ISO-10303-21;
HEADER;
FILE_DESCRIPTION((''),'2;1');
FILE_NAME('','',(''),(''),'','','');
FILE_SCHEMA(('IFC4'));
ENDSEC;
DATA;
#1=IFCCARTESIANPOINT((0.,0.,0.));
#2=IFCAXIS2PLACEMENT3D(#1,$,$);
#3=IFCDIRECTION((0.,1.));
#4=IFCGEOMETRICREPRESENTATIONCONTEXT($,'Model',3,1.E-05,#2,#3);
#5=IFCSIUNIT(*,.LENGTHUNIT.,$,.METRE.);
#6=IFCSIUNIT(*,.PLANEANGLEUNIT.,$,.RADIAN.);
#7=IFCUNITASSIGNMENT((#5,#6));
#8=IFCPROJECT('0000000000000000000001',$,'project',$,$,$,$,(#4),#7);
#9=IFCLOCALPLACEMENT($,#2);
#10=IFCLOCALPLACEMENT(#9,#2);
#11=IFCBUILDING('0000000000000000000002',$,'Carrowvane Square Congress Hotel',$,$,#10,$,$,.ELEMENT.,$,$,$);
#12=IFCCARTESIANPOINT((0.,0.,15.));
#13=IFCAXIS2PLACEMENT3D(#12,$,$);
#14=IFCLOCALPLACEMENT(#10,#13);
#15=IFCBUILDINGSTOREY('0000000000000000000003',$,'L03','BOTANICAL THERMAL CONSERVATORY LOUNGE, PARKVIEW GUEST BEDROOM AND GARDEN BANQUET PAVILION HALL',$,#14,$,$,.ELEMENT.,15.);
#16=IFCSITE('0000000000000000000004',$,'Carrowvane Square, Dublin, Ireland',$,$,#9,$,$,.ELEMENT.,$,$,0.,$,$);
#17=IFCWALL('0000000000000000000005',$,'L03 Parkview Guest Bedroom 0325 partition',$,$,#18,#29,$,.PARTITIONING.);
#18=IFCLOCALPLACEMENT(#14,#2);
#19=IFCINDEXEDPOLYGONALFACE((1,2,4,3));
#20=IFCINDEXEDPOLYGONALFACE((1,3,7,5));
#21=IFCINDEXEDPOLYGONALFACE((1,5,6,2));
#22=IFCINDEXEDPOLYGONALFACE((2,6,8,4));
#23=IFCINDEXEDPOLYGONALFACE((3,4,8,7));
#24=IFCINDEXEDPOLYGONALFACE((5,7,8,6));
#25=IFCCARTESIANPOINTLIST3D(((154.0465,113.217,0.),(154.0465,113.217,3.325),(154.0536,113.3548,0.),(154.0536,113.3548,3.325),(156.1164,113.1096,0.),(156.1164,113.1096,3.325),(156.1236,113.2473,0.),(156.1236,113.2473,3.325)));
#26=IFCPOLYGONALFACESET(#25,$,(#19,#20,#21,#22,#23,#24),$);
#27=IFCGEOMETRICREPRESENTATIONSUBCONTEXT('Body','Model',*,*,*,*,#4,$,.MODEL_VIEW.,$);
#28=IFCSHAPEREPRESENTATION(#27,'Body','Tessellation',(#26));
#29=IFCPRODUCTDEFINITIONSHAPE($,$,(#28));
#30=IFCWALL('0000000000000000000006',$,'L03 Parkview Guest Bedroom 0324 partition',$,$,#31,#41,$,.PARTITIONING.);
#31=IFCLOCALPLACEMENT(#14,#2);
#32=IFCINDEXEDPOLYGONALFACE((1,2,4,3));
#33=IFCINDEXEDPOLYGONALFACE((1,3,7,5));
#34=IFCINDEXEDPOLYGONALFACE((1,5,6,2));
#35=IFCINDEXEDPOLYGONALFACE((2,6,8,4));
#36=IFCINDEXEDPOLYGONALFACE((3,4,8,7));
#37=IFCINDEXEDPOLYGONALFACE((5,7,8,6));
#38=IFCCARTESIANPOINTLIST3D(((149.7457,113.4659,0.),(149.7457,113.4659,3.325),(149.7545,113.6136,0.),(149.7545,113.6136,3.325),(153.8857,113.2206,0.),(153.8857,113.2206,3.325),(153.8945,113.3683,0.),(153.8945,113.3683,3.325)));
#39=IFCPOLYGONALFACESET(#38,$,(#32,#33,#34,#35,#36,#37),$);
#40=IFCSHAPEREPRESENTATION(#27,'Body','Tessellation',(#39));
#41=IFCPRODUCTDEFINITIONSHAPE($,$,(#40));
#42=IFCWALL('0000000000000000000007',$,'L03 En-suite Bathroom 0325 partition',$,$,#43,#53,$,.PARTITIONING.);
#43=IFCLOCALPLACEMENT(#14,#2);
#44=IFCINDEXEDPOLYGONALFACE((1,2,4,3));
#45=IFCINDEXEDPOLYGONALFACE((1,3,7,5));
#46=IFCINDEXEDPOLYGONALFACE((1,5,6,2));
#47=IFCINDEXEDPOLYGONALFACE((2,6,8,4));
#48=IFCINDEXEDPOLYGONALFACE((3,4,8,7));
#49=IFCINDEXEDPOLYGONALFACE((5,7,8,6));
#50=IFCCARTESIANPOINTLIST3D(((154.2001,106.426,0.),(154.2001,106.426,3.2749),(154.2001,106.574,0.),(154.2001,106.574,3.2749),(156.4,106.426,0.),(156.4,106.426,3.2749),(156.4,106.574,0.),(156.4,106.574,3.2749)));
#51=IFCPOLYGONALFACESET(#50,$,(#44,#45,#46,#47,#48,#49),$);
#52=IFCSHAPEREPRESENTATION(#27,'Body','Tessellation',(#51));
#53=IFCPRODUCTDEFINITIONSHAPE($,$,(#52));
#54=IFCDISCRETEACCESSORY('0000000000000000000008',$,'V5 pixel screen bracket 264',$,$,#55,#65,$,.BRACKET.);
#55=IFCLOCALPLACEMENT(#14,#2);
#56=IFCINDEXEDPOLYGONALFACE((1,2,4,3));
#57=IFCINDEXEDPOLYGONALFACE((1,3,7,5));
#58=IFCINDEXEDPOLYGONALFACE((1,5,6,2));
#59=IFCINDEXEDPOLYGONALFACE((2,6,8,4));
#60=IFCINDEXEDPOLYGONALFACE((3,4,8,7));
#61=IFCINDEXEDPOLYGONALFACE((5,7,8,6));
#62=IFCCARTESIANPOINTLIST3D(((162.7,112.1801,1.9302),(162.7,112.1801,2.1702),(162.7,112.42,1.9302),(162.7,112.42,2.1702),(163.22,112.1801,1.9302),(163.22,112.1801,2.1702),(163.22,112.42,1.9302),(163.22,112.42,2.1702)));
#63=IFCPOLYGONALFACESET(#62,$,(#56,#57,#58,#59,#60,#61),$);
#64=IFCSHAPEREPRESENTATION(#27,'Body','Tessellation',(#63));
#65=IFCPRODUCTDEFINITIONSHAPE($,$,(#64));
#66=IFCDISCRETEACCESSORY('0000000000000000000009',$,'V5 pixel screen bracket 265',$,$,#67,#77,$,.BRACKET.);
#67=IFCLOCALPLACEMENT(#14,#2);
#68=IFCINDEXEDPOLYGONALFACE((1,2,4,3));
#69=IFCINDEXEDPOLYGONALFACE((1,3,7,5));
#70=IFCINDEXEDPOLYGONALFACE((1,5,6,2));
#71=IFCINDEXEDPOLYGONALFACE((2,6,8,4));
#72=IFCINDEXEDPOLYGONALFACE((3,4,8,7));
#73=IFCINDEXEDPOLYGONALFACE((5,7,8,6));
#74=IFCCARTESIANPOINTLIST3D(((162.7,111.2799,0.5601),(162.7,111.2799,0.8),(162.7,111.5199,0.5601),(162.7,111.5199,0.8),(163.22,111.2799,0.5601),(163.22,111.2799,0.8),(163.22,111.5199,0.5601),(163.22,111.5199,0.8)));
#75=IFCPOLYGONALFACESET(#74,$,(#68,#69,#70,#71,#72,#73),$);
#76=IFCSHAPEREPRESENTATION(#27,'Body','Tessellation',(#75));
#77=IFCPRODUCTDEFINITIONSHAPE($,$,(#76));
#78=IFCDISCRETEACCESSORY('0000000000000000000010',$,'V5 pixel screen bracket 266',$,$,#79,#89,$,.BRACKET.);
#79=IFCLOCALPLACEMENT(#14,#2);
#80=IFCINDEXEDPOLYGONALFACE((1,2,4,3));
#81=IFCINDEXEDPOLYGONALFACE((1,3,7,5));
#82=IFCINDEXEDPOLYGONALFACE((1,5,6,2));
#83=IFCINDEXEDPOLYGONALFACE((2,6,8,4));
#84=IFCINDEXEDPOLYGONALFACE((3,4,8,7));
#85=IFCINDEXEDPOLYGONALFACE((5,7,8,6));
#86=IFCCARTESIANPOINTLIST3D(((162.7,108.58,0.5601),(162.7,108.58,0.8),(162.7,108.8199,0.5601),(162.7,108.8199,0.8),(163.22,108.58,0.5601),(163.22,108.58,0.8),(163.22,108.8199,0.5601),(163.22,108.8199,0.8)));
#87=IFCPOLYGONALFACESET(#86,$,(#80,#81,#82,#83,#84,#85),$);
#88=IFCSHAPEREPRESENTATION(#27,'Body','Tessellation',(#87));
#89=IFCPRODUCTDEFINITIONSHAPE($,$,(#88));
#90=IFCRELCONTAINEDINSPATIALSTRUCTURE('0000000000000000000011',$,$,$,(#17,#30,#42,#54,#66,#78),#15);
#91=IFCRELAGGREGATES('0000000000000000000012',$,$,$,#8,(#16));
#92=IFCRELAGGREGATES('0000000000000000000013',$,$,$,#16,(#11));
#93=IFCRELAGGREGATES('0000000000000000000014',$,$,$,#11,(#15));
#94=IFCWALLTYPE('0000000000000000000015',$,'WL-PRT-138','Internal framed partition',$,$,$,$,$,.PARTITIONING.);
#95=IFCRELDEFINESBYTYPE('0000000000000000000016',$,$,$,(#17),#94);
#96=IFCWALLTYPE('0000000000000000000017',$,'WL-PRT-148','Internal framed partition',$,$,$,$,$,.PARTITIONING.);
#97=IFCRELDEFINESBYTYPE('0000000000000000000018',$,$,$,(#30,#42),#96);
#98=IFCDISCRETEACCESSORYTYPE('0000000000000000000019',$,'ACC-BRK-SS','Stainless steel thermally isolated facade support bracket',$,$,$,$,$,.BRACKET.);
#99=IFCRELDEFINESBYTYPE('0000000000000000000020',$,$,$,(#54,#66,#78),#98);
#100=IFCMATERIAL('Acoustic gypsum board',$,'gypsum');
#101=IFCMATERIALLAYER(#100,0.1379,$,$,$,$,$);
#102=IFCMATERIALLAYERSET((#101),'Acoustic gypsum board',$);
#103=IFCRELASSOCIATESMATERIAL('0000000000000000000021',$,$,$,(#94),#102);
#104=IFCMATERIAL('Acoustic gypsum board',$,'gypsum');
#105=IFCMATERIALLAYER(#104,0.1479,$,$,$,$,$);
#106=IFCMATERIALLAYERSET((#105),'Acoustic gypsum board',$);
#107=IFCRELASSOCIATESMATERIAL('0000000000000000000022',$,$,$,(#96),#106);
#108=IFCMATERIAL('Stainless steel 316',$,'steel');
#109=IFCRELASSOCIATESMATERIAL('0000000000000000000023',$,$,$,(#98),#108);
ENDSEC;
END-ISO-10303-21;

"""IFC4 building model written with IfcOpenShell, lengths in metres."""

from ifc_helpers import new_model, si_unit, direction, frame, frame_2d, origin, origin_2d, place, context, subcontext, project, spatial, rectangle, extrude, material, layer, layer_set, type_object, element, save


model = new_model("IFC4")

# Units and contexts
model_context = context("Model", 3, precision=1e-05, world=origin(), true_north=direction((0.0, 1.0)))
body_context = subcontext(model_context, "Body", "Model", "MODEL_VIEW")
ifc_project = project(units=[si_unit("LENGTHUNIT", "METRE"), si_unit("PLANEANGLEUNIT", "RADIAN")], contexts=[model_context])

# Site, building, storey
site_placement = place(None, origin())
site = spatial("IfcSite", under=ifc_project, at=site_placement, Name="Carrowvane Square, Dublin, Ireland", CompositionType="ELEMENT", RefElevation=0.0)
building_placement = place(site_placement, origin())
building = spatial("IfcBuilding", under=site, at=building_placement, Name="Carrowvane Square Congress Hotel", CompositionType="ELEMENT")
storey_placement = place(building_placement, frame((0.0, 0.0, 15.0)))
storey = spatial("IfcBuildingStorey", under=building, at=storey_placement, Name="L03", Description="BOTANICAL THERMAL CONSERVATORY LOUNGE, PARKVIEW GUEST BEDROOM AND GARDEN BANQUET PAVILION HALL", CompositionType="ELEMENT", Elevation=15.0)

# Walls
ifc_material_1 = material(Name="Acoustic gypsum board", Category="gypsum")
ifc_layer_1 = layer(ifc_material_1, 0.1379)
ifc_layer_set_1 = layer_set([ifc_layer_1], Name="Acoustic gypsum board")
wall_type_1 = type_object("IfcWallType", Name="WL-PRT-138", Description="Internal framed partition", PredefinedType="PARTITIONING", material=ifc_layer_set_1)
wall_1_placement = place(storey_placement, frame((154.05, 113.2859, 0.0), z_axis=(0.0, 0.0, 1.0), x_axis=(0.998656, -0.051823, 0.0)))
element("IfcWall", 1, at=wall_1_placement, inside=storey, type_object=wall_type_1, Name="L03 Parkview Guest Bedroom 0325 partition", PredefinedType="PARTITIONING", context=body_context, shape_type="SweptSolid", body=[
    extrude(rectangle(XDim=2.0728, YDim=0.1379, at=frame_2d((1.0364, 0.0))), origin(), (0.0, 0.0, 1.0), 3.325),
])
ifc_material_2 = material(Name="Acoustic gypsum board", Category="gypsum")
ifc_layer_2 = layer(ifc_material_2, 0.1479)
ifc_layer_set_2 = layer_set([ifc_layer_2], Name="Acoustic gypsum board")
wall_type_2 = type_object("IfcWallType", Name="WL-PRT-148", Description="Internal framed partition", PredefinedType="PARTITIONING", material=ifc_layer_set_2)
wall_2_placement = place(storey_placement, frame((149.75, 113.5398, 0.0), z_axis=(0.0, 0.0, 1.0), x_axis=(0.998248, -0.059164, 0.0)))
element("IfcWall", 2, at=wall_2_placement, inside=storey, type_object=wall_type_2, Name="L03 Parkview Guest Bedroom 0324 partition", PredefinedType="PARTITIONING", context=body_context, shape_type="SweptSolid", body=[
    extrude(rectangle(XDim=4.1472, YDim=0.1479, at=frame_2d((2.0737, 0.0))), origin(), (0.0, 0.0, 1.0), 3.325),
])
wall_3_placement = place(storey_placement, frame((154.2, 106.5, 0.0), z_axis=(0.0, 0.0, 1.0), x_axis=(1.0, 0.0, 0.0)))
element("IfcWall", 3, at=wall_3_placement, inside=storey, type_object=wall_type_2, Name="L03 En-suite Bathroom 0325 partition", PredefinedType="PARTITIONING", context=body_context, shape_type="SweptSolid", body=[
    extrude(rectangle(XDim=2.2, YDim=0.1479, at=frame_2d((1.1001, 0.0))), origin(), (0.0, 0.0, 1.0), 3.2749),
])

# Discrete accessories
ifc_material_3 = material(Name="Stainless steel 316", Category="steel")
discrete_accessory_type = type_object("IfcDiscreteAccessoryType", Name="ACC-BRK-SS", Description="Stainless steel thermally isolated facade support bracket", PredefinedType="BRACKET", material=ifc_material_3)
for number, where, z_axis, x_axis, name in (
    (4, (162.96, 112.3, 1.9302), (0.0, 0.0, 1.0), (0.0, -1.0, 0.0), "V5 pixel screen bracket 264"),
    (5, (162.96, 111.3999, 0.5601), (0.0, 0.0, 1.0), (0.0, -1.0, 0.0), "V5 pixel screen bracket 265"),
    (6, (162.96, 108.7, 0.5601), (0.0, 0.0, 1.0), (0.0, -1.0, 0.0), "V5 pixel screen bracket 266"),
):
    element("IfcDiscreteAccessory", number, at=place(storey_placement, frame(where, z_axis=z_axis, x_axis=x_axis)), inside=storey, type_object=discrete_accessory_type, Name=name, PredefinedType="BRACKET", context=body_context, shape_type="SweptSolid", body=[
        extrude(rectangle(XDim=0.24, YDim=0.52, at=origin_2d()), origin(), (0.0, 0.0, 1.0), 0.24),
    ])

save(model, "model.ifc")
